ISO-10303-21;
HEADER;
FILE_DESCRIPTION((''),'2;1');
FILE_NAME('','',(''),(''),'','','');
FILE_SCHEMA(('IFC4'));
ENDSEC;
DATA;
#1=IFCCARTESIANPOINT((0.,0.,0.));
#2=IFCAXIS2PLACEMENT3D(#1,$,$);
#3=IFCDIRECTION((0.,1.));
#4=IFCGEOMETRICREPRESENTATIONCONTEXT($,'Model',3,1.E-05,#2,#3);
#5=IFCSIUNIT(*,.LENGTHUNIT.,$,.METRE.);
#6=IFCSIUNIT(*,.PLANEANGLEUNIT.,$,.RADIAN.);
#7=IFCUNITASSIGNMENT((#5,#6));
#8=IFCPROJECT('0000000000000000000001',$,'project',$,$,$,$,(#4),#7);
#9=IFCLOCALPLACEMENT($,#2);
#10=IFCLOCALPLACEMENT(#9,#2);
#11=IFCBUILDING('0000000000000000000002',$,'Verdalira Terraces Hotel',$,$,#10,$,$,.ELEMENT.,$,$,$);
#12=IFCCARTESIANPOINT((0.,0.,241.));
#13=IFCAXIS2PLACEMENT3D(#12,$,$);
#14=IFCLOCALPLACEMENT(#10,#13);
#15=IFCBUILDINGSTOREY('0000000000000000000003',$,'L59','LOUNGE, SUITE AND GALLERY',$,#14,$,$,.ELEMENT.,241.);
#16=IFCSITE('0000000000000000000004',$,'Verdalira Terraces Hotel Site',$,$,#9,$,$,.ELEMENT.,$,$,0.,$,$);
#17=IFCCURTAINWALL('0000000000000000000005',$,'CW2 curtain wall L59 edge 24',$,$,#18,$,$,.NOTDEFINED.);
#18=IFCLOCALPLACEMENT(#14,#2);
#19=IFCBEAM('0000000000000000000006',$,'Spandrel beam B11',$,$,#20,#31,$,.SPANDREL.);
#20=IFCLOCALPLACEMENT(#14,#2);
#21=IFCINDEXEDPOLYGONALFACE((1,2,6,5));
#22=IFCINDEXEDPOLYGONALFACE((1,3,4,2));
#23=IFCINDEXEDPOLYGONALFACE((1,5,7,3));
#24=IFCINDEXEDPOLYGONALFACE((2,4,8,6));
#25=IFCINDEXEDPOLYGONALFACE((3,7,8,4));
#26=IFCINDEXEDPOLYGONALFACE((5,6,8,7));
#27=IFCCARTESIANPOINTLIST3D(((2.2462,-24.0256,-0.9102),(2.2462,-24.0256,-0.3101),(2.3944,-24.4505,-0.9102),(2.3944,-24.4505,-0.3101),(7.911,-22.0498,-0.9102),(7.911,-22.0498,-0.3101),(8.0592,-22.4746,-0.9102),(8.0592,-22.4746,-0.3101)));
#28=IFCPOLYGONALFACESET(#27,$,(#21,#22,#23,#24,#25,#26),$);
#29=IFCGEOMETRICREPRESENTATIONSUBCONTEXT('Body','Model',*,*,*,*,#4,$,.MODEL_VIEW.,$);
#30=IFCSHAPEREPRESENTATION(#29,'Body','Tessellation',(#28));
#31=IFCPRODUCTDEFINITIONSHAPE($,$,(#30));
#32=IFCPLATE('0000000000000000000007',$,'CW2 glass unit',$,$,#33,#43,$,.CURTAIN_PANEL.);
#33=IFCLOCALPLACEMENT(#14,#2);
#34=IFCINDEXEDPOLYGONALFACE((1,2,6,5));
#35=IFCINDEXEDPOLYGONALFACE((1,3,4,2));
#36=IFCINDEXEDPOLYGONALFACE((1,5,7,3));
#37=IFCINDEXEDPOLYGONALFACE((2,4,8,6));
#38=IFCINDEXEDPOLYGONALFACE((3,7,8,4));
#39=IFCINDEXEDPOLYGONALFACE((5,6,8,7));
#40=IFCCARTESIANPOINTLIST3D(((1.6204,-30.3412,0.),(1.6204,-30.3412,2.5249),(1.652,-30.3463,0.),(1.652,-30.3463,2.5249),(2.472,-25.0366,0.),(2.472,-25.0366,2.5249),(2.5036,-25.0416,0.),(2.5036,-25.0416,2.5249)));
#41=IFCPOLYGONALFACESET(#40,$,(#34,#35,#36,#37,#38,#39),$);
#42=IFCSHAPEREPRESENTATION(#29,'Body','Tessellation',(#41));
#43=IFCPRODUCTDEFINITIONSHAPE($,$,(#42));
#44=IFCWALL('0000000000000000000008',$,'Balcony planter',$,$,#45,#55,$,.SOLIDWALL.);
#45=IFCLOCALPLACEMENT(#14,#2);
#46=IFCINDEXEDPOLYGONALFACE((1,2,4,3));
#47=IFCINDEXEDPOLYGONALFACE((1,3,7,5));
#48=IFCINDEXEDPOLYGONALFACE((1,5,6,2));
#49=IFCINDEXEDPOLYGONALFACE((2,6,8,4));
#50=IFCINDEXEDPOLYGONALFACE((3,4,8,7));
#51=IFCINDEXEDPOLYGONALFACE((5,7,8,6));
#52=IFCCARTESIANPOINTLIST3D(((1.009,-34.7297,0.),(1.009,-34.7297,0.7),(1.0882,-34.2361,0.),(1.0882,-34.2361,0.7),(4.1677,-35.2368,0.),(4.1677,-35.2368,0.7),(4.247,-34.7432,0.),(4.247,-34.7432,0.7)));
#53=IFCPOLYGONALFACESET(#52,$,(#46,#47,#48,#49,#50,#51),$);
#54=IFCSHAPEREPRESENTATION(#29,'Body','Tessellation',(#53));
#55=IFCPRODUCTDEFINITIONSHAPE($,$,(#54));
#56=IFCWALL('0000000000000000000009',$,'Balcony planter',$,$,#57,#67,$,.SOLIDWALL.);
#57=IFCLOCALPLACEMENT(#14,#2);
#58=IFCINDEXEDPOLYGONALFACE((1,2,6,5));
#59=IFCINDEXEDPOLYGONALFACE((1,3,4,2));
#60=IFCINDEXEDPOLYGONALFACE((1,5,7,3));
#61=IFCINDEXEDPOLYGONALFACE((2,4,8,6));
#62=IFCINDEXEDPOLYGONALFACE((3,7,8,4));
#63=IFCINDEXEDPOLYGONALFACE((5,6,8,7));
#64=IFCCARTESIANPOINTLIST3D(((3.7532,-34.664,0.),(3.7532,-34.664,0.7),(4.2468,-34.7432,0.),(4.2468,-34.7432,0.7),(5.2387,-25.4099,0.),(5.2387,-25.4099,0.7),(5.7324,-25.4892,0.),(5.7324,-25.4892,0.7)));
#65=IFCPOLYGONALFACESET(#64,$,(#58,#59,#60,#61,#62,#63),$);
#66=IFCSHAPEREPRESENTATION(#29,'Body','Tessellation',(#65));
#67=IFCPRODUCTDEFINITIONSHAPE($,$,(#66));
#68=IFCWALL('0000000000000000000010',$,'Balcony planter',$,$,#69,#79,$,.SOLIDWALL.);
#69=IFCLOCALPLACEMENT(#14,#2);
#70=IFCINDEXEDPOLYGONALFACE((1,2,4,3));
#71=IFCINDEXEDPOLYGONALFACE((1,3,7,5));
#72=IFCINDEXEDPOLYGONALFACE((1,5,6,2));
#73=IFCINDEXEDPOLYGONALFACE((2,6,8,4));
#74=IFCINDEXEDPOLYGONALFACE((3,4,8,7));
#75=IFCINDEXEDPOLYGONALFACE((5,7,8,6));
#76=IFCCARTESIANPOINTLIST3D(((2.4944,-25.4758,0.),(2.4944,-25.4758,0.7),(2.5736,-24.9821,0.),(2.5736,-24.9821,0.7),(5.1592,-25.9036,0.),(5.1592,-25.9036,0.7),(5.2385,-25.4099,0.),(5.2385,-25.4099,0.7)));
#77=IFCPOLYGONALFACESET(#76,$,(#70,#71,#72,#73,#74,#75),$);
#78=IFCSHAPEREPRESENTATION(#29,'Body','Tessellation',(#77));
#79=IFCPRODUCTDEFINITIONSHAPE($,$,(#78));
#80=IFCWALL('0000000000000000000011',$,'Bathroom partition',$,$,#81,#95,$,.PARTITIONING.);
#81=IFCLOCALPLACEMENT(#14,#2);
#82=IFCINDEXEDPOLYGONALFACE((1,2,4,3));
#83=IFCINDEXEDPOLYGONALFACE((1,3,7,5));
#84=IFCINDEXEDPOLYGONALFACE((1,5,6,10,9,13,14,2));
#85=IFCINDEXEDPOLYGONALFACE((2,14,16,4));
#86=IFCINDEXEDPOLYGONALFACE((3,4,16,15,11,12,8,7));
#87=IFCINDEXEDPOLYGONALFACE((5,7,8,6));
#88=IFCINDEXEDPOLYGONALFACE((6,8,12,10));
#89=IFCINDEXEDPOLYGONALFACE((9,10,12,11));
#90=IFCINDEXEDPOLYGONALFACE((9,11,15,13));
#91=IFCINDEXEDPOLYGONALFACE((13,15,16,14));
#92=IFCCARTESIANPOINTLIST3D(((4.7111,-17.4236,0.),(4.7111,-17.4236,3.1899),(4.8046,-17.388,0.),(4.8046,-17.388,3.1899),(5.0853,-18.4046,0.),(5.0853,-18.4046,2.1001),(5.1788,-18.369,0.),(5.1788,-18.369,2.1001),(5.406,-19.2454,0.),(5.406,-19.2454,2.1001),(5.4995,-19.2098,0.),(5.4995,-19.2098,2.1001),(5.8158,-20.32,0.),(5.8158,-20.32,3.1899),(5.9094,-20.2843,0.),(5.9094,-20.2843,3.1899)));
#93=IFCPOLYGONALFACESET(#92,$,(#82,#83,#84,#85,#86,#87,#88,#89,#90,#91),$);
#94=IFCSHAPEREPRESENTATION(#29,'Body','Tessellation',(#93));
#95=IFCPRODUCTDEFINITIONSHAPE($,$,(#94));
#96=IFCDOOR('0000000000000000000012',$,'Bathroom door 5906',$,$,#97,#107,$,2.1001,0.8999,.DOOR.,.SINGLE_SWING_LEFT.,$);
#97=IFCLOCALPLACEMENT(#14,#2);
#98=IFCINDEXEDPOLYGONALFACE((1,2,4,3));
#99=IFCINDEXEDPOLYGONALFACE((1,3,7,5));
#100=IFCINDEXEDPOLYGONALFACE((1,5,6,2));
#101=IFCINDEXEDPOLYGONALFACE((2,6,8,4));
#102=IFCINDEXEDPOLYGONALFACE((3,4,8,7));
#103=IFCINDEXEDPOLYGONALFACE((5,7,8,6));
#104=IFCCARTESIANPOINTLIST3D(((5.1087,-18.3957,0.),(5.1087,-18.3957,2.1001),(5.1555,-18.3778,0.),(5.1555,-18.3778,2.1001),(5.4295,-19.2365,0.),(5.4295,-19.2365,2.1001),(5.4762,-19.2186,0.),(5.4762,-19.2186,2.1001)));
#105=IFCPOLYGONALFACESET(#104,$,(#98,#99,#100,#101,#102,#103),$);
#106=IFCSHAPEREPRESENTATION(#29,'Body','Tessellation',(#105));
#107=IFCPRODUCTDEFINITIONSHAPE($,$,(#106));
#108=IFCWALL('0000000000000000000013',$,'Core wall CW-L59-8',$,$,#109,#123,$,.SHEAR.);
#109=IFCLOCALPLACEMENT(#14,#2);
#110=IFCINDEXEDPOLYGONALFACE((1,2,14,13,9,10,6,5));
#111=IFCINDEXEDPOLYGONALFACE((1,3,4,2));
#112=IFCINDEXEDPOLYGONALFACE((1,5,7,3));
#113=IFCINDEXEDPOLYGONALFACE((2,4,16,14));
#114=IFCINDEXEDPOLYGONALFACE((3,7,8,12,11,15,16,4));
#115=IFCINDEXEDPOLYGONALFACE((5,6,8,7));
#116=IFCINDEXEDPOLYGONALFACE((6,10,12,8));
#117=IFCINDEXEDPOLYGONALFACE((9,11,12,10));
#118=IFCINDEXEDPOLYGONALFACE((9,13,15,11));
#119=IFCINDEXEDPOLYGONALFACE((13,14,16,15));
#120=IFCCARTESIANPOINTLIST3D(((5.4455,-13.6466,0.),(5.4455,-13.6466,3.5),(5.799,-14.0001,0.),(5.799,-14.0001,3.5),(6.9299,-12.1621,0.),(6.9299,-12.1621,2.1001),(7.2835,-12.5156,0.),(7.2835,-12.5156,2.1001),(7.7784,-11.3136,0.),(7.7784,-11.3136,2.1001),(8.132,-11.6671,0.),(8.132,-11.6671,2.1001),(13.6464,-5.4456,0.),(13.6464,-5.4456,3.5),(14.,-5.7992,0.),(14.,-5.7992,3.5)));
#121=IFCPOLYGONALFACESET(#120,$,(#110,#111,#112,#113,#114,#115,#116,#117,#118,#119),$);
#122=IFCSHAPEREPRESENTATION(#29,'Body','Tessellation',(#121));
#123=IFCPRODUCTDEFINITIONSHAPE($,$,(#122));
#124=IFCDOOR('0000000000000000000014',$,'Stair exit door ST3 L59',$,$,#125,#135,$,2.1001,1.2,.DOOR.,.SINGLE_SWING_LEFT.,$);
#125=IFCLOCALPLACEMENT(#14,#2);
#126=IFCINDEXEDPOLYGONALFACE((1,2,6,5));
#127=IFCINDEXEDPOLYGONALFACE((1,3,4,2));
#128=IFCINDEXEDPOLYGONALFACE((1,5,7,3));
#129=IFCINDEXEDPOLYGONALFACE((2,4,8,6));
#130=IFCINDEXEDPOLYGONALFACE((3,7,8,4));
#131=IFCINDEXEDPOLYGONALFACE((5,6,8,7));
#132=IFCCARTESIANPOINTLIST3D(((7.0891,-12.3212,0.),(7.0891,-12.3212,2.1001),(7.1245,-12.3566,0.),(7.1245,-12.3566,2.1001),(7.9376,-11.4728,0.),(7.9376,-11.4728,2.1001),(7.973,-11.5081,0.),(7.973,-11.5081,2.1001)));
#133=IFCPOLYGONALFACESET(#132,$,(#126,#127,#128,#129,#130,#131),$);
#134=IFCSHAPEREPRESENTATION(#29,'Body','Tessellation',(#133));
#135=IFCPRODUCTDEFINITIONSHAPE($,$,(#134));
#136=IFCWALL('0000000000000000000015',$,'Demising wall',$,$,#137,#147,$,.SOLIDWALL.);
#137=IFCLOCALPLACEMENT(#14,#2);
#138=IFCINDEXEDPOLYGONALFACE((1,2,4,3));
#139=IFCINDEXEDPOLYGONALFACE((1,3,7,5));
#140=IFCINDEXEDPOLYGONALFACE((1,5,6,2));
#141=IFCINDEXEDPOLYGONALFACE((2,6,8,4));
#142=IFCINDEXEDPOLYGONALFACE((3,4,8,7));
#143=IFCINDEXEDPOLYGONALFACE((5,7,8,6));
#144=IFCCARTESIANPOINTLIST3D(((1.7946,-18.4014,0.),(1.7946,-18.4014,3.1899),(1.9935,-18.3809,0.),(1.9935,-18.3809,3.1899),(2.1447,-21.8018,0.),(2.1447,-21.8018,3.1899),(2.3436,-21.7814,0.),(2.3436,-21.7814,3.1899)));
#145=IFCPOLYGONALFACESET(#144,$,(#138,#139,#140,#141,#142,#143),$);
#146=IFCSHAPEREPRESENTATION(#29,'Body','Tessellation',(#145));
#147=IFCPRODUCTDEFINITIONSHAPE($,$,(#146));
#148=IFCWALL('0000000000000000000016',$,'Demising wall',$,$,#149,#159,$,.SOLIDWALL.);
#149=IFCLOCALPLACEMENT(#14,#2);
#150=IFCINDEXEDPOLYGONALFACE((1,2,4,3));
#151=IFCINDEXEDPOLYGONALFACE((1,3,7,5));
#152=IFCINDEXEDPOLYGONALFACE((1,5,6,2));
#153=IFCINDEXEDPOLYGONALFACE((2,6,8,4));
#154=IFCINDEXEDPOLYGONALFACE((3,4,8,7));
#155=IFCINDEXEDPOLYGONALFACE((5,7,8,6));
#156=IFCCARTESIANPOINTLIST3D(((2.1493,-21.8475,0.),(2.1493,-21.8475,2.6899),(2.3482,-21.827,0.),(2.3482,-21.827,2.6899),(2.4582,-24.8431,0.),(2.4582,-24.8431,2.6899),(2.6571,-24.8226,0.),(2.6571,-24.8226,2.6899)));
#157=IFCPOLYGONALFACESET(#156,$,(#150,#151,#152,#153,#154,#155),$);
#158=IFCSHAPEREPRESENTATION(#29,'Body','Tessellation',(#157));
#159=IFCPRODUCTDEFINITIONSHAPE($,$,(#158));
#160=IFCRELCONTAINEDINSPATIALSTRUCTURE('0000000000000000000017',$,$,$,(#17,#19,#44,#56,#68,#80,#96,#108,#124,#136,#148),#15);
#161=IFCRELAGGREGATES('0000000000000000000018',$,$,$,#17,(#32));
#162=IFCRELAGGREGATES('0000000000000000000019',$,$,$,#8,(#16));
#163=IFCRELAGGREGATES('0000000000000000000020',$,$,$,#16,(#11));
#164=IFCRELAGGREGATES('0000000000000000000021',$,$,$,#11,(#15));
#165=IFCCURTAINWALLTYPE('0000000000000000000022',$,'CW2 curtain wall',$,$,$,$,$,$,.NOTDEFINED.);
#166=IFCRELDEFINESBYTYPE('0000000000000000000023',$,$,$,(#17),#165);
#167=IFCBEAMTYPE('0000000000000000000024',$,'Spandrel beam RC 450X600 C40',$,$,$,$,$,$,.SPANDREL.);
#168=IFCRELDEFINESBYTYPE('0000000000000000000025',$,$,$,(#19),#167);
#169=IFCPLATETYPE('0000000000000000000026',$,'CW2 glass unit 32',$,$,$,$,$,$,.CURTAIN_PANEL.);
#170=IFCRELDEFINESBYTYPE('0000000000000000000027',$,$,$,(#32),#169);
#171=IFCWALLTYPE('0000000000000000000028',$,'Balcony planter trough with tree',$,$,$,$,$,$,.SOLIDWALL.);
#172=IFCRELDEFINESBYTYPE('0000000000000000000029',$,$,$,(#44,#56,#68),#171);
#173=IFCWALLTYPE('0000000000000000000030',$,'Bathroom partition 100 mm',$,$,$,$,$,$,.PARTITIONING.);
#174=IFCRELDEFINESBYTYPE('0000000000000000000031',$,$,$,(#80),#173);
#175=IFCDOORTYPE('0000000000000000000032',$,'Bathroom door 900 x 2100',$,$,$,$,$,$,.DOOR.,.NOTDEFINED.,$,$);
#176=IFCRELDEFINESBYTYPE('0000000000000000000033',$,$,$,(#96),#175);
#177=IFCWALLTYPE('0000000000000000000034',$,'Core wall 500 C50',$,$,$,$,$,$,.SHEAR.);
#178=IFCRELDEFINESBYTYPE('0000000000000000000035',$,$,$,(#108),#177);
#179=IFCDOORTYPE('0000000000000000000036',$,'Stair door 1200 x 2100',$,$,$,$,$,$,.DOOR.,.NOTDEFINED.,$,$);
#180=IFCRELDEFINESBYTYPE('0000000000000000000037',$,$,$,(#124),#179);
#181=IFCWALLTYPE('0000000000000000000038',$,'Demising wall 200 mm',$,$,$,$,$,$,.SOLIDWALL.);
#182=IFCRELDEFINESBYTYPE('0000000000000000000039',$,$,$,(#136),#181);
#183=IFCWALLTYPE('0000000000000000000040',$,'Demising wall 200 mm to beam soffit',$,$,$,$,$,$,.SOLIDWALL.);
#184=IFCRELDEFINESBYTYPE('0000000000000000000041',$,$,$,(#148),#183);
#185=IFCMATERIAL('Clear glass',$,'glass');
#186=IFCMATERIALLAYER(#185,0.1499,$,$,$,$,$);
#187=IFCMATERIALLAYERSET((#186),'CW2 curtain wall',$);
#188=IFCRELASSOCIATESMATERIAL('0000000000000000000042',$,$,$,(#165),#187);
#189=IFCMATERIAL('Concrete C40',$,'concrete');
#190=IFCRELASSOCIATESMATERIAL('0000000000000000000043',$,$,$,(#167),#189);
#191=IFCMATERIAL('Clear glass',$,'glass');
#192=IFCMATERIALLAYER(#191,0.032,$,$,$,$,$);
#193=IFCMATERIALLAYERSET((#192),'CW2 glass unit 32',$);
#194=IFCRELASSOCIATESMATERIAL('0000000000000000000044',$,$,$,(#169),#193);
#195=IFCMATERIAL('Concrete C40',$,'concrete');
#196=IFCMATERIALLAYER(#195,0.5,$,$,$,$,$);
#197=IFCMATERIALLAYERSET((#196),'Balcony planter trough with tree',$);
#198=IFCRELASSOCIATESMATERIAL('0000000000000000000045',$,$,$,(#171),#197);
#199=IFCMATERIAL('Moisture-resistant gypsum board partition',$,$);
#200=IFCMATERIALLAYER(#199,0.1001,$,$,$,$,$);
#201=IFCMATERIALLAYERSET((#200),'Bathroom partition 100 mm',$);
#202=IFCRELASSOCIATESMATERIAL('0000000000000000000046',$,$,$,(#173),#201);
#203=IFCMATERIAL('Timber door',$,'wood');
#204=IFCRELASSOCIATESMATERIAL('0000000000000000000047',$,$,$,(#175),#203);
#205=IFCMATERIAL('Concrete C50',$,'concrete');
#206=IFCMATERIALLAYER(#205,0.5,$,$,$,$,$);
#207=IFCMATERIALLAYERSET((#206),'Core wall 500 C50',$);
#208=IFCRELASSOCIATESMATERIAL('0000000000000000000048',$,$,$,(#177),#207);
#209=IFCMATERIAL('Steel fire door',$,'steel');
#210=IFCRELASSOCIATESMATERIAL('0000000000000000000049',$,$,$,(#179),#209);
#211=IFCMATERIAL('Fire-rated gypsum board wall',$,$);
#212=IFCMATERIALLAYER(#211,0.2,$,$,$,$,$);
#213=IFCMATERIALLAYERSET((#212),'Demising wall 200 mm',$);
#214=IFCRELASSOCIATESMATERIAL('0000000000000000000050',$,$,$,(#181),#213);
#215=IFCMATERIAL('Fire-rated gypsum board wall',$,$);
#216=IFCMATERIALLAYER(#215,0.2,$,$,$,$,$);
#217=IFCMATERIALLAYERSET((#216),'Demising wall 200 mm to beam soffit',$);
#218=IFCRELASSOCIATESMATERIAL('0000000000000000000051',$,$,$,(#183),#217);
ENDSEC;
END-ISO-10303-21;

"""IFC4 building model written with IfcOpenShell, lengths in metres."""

from ifc_helpers import new_model, si_unit, direction, frame, frame_2d, origin, origin_2d, place, context, subcontext, project, spatial, rectangle, extrude, material, layer, layer_set, material_profile, profile_set, type_object, element, fill, aggregate, save


model = new_model("IFC4")

# Units and contexts
model_context = context("Model", 3, precision=1e-05, world=origin(), true_north=direction((0.0, 1.0)))
body_context = subcontext(model_context, "Body", "Model", "MODEL_VIEW")
ifc_project = project(units=[si_unit("LENGTHUNIT", "METRE"), si_unit("PLANEANGLEUNIT", "RADIAN")], contexts=[model_context])

# Site, building, storey
site_placement = place(None, origin())
site = spatial("IfcSite", under=ifc_project, at=site_placement, Name="Verdalira Terraces Hotel Site", CompositionType="ELEMENT", RefElevation=0.0)
building_placement = place(site_placement, origin())
building = spatial("IfcBuilding", under=site, at=building_placement, Name="Verdalira Terraces Hotel", CompositionType="ELEMENT")
storey_placement = place(building_placement, frame((0.0, 0.0, 241.0)))
storey = spatial("IfcBuildingStorey", under=building, at=storey_placement, Name="L59", Description="LOUNGE, SUITE AND GALLERY", CompositionType="ELEMENT", Elevation=241.0)

# Curtain wall
ifc_material_1 = material(Name="Clear glass", Category="glass")
ifc_layer_1 = layer(ifc_material_1, 0.1499)
ifc_layer_set_1 = layer_set([ifc_layer_1], Name="CW2 curtain wall")
curtain_wall_type_1 = type_object("IfcCurtainWallType", Name="CW2 curtain wall", PredefinedType="NOTDEFINED", material=ifc_layer_set_1)
curtain_wall_1_placement = place(storey_placement, origin())
curtain_wall_1 = element("IfcCurtainWall", 1, at=curtain_wall_1_placement, inside=storey, type_object=curtain_wall_type_1, Name="CW2 curtain wall L59 edge 24", PredefinedType="NOTDEFINED")

# Beam
ifc_material_2 = material(Name="Concrete C40", Category="concrete")
ifc_material_profile_1 = material_profile(ifc_material_2, rectangle(XDim=0.45, YDim=0.6001, at=origin_2d()), Name="RC 450X600")
ifc_profile_set_1 = profile_set([ifc_material_profile_1], Name="Concrete C40")
beam_type_1 = type_object("IfcBeamType", Name="Spandrel beam RC 450X600 C40", PredefinedType="SPANDREL", material=ifc_profile_set_1)
beam_1_placement = place(storey_placement, frame((2.3203, -24.238, -0.6101), z_axis=(0.944214, 0.329333, 0.0), x_axis=(-0.329333, 0.944214, 0.0)))
element("IfcBeam", 2, at=beam_1_placement, inside=storey, type_object=beam_type_1, Name="Spandrel beam B11", PredefinedType="SPANDREL", context=body_context, shape_type="SweptSolid", body=[
    extrude(rectangle(XDim=0.45, YDim=0.6001, at=origin_2d()), origin(), (0.0, 0.0, 1.0), 5.9995),
])

# Plate
ifc_material_3 = material(Name="Clear glass", Category="glass")
ifc_layer_2 = layer(ifc_material_3, 0.032)
ifc_layer_set_2 = layer_set([ifc_layer_2], Name="CW2 glass unit 32")
plate_type = type_object("IfcPlateType", Name="CW2 glass unit 32", PredefinedType="CURTAIN_PANEL", material=ifc_layer_set_2)
plate_placement = place(storey_placement, frame((2.062, -27.6914, 0.0), z_axis=(0.0, 0.0, 1.0), x_axis=(0.158503, 0.987359, 0.0)))
plate = element("IfcPlate", 3, at=plate_placement, type_object=plate_type, Name="CW2 glass unit", PredefinedType="CURTAIN_PANEL", context=body_context, shape_type="SweptSolid", body=[
    extrude(rectangle(XDim=5.3726, YDim=0.032, at=origin_2d()), origin(), (0.0, 0.0, 1.0), 2.5249),
])
aggregate(curtain_wall_1, [plate])

# Walls
ifc_material_4 = material(Name="Concrete C40", Category="concrete")
ifc_layer_3 = layer(ifc_material_4, 0.5)
ifc_layer_set_3 = layer_set([ifc_layer_3], Name="Balcony planter trough with tree")
wall_type_1 = type_object("IfcWallType", Name="Balcony planter trough with tree", PredefinedType="SOLIDWALL", material=ifc_layer_set_3)
wall_1_placement = place(storey_placement, frame((1.0486, -34.4829, 0.0), z_axis=(0.0, 0.0, 1.0), x_axis=(0.987358, -0.158505, 0.0)))
element("IfcWall", 4, at=wall_1_placement, inside=storey, type_object=wall_type_1, Name="Balcony planter", PredefinedType="SOLIDWALL", context=body_context, shape_type="SweptSolid", body=[
    extrude(rectangle(XDim=3.1992, YDim=0.5, at=frame_2d((1.5996, 0.0))), origin(), (0.0, 0.0, 1.0), 0.7),
])
wall_2_placement = place(storey_placement, frame((4.0, -34.7036, 0.0), z_axis=(0.0, 0.0, 1.0), x_axis=(0.158504, 0.987358, 0.0)))
element("IfcWall", 5, at=wall_2_placement, inside=storey, type_object=wall_type_1, Name="Balcony planter", PredefinedType="SOLIDWALL", context=body_context, shape_type="SweptSolid", body=[
    extrude(rectangle(XDim=9.3726, YDim=0.5, at=frame_2d((4.6863, 0.0))), origin(), (0.0, 0.0, 1.0), 0.7),
])
wall_3_placement = place(storey_placement, frame((5.199, -25.6567, 0.0), z_axis=(0.0, 0.0, 1.0), x_axis=(-0.987361, 0.158484, 0.0)))
element("IfcWall", 6, at=wall_3_placement, inside=storey, type_object=wall_type_1, Name="Balcony planter", PredefinedType="SOLIDWALL", context=body_context, shape_type="SweptSolid", body=[
    extrude(rectangle(XDim=2.699, YDim=0.5, at=frame_2d((1.3496, 0.0))), origin(), (0.0, 0.0, 1.0), 0.7),
])

# Walls, openings, doors
ifc_material_5 = material(Name="Moisture-resistant gypsum board partition")
ifc_layer_4 = layer(ifc_material_5, 0.1001)
ifc_layer_set_4 = layer_set([ifc_layer_4], Name="Bathroom partition 100 mm")
wall_type_2 = type_object("IfcWallType", Name="Bathroom partition 100 mm", PredefinedType="PARTITIONING", material=ifc_layer_set_4)
wall_4_placement = place(storey_placement, frame((5.8625, -20.302, 0.0), z_axis=(0.0, 0.0, 1.0), x_axis=(-0.356392, 0.934337, 0.0)))
wall_4 = element("IfcWall", 7, at=wall_4_placement, inside=storey, type_object=wall_type_2, Name="Bathroom partition", PredefinedType="PARTITIONING", context=body_context, shape_type="SweptSolid", body=[
    extrude(rectangle(XDim=3.0999, YDim=0.1001, at=frame_2d((1.5498, 0.0))), origin(), (0.0, 0.0, 1.0), 3.1899),
])
opening_1_placement = place(wall_4_placement, frame((1.1499, 0.0, 0.0)))
opening_1 = element("IfcOpeningElement", 8, at=opening_1_placement, cuts=wall_4, PredefinedType="OPENING", context=body_context, shape_type="SweptSolid", body=[
    extrude(rectangle(XDim=0.8999, YDim=2.1001, at=frame_2d((0.45, 1.05))), frame((0.0, 0.0601, 0.0), z_axis=(0.0, -1.0, 0.0), x_axis=(1.0, 0.0, 0.0)), (0.0, 0.0, 1.0), 0.1201),
])
ifc_material_6 = material(Name="Timber door", Category="wood")
door_type_1 = type_object("IfcDoorType", Name="Bathroom door 900 x 2100", OperationType="NOTDEFINED", PredefinedType="DOOR", material=ifc_material_6)
door_1_placement = place(opening_1_placement, origin())
door_1 = element("IfcDoor", 9, at=door_1_placement, inside=storey, type_object=door_type_1, Name="Bathroom door 5906", OperationType="SINGLE_SWING_LEFT", OverallHeight=2.1001, OverallWidth=0.8999, PredefinedType="DOOR", context=body_context, shape_type="SweptSolid", body=[
    extrude(rectangle(XDim=0.8999, YDim=2.1001, at=frame_2d((0.45, 1.05))), frame((0.0, 0.0249, 0.0), z_axis=(0.0, -1.0, 0.0), x_axis=(1.0, 0.0, 0.0)), (0.0, 0.0, 1.0), 0.05),
])
fill(opening_1, door_1)
ifc_material_7 = material(Name="Concrete C50", Category="concrete")
ifc_layer_5 = layer(ifc_material_7, 0.5)
ifc_layer_set_5 = layer_set([ifc_layer_5], Name="Core wall 500 C50")
wall_type_3 = type_object("IfcWallType", Name="Core wall 500 C50", PredefinedType="SHEAR", material=ifc_layer_set_5)
wall_5_placement = place(storey_placement, frame((5.6223, -13.8232, 0.0), z_axis=(0.0, 0.0, 1.0), x_axis=(0.707107, 0.707107, 0.0)))
wall_5 = element("IfcWall", 10, at=wall_5_placement, inside=storey, type_object=wall_type_3, Name="Core wall CW-L59-8", PredefinedType="SHEAR", context=body_context, shape_type="SweptSolid", body=[
    extrude(rectangle(XDim=11.5979, YDim=0.5, at=frame_2d((5.7988, 0.0))), origin(), (0.0, 0.0, 1.0), 3.5),
])
opening_2_placement = place(wall_5_placement, frame((2.0991, 0.0, 0.0)))
opening_2 = element("IfcOpeningElement", 11, at=opening_2_placement, cuts=wall_5, PredefinedType="OPENING", context=body_context, shape_type="SweptSolid", body=[
    extrude(rectangle(XDim=1.2, YDim=2.1001, at=frame_2d((0.6001, 1.05))), frame((0.0, 0.26, 0.0), z_axis=(0.0, -1.0, 0.0), x_axis=(1.0, 0.0, 0.0)), (0.0, 0.0, 1.0), 0.52),
])
ifc_material_8 = material(Name="Steel fire door", Category="steel")
door_type_2 = type_object("IfcDoorType", Name="Stair door 1200 x 2100", OperationType="NOTDEFINED", PredefinedType="DOOR", material=ifc_material_8)
door_2_placement = place(opening_2_placement, origin())
door_2 = element("IfcDoor", 12, at=door_2_placement, inside=storey, type_object=door_type_2, Name="Stair exit door ST3 L59", OperationType="SINGLE_SWING_LEFT", OverallHeight=2.1001, OverallWidth=1.2, PredefinedType="DOOR", context=body_context, shape_type="SweptSolid", body=[
    extrude(rectangle(XDim=1.2, YDim=2.1001, at=frame_2d((0.6001, 1.05))), frame((0.0, 0.0249, 0.0), z_axis=(0.0, -1.0, 0.0), x_axis=(1.0, 0.0, 0.0)), (0.0, 0.0, 1.0), 0.05),
])
fill(opening_2, door_2)

# Walls
ifc_material_9 = material(Name="Fire-rated gypsum board wall")
ifc_layer_6 = layer(ifc_material_9, 0.2)
ifc_layer_set_6 = layer_set([ifc_layer_6], Name="Demising wall 200 mm")
wall_type_4 = type_object("IfcWallType", Name="Demising wall 200 mm", PredefinedType="SOLIDWALL", material=ifc_layer_set_6)
wall_6_placement = place(storey_placement, frame((1.894, -18.3911, 0.0), z_axis=(0.0, 0.0, 1.0), x_axis=(0.102417, -0.994742, 0.0)))
element("IfcWall", 13, at=wall_6_placement, inside=storey, type_object=wall_type_4, Name="Demising wall", PredefinedType="SOLIDWALL", context=body_context, shape_type="SweptSolid", body=[
    extrude(rectangle(XDim=3.4185, YDim=0.2, at=frame_2d((1.7092, 0.0))), origin(), (0.0, 0.0, 1.0), 3.1899),
])
ifc_material_10 = material(Name="Fire-rated gypsum board wall")
ifc_layer_7 = layer(ifc_material_10, 0.2)
ifc_layer_set_7 = layer_set([ifc_layer_7], Name="Demising wall 200 mm to beam soffit")
wall_type_5 = type_object("IfcWallType", Name="Demising wall 200 mm to beam soffit", PredefinedType="SOLIDWALL", material=ifc_layer_set_7)
wall_7_placement = place(storey_placement, frame((2.2488, -21.8372, 0.0), z_axis=(0.0, 0.0, 1.0), x_axis=(0.102553, -0.994727, 0.0)))
element("IfcWall", 14, at=wall_7_placement, inside=storey, type_object=wall_type_5, Name="Demising wall", PredefinedType="SOLIDWALL", context=body_context, shape_type="SweptSolid", body=[
    extrude(rectangle(XDim=3.0115, YDim=0.2, at=frame_2d((1.5059, 0.0))), origin(), (0.0, 0.0, 1.0), 2.6899),
])

save(model, "model.ifc")
